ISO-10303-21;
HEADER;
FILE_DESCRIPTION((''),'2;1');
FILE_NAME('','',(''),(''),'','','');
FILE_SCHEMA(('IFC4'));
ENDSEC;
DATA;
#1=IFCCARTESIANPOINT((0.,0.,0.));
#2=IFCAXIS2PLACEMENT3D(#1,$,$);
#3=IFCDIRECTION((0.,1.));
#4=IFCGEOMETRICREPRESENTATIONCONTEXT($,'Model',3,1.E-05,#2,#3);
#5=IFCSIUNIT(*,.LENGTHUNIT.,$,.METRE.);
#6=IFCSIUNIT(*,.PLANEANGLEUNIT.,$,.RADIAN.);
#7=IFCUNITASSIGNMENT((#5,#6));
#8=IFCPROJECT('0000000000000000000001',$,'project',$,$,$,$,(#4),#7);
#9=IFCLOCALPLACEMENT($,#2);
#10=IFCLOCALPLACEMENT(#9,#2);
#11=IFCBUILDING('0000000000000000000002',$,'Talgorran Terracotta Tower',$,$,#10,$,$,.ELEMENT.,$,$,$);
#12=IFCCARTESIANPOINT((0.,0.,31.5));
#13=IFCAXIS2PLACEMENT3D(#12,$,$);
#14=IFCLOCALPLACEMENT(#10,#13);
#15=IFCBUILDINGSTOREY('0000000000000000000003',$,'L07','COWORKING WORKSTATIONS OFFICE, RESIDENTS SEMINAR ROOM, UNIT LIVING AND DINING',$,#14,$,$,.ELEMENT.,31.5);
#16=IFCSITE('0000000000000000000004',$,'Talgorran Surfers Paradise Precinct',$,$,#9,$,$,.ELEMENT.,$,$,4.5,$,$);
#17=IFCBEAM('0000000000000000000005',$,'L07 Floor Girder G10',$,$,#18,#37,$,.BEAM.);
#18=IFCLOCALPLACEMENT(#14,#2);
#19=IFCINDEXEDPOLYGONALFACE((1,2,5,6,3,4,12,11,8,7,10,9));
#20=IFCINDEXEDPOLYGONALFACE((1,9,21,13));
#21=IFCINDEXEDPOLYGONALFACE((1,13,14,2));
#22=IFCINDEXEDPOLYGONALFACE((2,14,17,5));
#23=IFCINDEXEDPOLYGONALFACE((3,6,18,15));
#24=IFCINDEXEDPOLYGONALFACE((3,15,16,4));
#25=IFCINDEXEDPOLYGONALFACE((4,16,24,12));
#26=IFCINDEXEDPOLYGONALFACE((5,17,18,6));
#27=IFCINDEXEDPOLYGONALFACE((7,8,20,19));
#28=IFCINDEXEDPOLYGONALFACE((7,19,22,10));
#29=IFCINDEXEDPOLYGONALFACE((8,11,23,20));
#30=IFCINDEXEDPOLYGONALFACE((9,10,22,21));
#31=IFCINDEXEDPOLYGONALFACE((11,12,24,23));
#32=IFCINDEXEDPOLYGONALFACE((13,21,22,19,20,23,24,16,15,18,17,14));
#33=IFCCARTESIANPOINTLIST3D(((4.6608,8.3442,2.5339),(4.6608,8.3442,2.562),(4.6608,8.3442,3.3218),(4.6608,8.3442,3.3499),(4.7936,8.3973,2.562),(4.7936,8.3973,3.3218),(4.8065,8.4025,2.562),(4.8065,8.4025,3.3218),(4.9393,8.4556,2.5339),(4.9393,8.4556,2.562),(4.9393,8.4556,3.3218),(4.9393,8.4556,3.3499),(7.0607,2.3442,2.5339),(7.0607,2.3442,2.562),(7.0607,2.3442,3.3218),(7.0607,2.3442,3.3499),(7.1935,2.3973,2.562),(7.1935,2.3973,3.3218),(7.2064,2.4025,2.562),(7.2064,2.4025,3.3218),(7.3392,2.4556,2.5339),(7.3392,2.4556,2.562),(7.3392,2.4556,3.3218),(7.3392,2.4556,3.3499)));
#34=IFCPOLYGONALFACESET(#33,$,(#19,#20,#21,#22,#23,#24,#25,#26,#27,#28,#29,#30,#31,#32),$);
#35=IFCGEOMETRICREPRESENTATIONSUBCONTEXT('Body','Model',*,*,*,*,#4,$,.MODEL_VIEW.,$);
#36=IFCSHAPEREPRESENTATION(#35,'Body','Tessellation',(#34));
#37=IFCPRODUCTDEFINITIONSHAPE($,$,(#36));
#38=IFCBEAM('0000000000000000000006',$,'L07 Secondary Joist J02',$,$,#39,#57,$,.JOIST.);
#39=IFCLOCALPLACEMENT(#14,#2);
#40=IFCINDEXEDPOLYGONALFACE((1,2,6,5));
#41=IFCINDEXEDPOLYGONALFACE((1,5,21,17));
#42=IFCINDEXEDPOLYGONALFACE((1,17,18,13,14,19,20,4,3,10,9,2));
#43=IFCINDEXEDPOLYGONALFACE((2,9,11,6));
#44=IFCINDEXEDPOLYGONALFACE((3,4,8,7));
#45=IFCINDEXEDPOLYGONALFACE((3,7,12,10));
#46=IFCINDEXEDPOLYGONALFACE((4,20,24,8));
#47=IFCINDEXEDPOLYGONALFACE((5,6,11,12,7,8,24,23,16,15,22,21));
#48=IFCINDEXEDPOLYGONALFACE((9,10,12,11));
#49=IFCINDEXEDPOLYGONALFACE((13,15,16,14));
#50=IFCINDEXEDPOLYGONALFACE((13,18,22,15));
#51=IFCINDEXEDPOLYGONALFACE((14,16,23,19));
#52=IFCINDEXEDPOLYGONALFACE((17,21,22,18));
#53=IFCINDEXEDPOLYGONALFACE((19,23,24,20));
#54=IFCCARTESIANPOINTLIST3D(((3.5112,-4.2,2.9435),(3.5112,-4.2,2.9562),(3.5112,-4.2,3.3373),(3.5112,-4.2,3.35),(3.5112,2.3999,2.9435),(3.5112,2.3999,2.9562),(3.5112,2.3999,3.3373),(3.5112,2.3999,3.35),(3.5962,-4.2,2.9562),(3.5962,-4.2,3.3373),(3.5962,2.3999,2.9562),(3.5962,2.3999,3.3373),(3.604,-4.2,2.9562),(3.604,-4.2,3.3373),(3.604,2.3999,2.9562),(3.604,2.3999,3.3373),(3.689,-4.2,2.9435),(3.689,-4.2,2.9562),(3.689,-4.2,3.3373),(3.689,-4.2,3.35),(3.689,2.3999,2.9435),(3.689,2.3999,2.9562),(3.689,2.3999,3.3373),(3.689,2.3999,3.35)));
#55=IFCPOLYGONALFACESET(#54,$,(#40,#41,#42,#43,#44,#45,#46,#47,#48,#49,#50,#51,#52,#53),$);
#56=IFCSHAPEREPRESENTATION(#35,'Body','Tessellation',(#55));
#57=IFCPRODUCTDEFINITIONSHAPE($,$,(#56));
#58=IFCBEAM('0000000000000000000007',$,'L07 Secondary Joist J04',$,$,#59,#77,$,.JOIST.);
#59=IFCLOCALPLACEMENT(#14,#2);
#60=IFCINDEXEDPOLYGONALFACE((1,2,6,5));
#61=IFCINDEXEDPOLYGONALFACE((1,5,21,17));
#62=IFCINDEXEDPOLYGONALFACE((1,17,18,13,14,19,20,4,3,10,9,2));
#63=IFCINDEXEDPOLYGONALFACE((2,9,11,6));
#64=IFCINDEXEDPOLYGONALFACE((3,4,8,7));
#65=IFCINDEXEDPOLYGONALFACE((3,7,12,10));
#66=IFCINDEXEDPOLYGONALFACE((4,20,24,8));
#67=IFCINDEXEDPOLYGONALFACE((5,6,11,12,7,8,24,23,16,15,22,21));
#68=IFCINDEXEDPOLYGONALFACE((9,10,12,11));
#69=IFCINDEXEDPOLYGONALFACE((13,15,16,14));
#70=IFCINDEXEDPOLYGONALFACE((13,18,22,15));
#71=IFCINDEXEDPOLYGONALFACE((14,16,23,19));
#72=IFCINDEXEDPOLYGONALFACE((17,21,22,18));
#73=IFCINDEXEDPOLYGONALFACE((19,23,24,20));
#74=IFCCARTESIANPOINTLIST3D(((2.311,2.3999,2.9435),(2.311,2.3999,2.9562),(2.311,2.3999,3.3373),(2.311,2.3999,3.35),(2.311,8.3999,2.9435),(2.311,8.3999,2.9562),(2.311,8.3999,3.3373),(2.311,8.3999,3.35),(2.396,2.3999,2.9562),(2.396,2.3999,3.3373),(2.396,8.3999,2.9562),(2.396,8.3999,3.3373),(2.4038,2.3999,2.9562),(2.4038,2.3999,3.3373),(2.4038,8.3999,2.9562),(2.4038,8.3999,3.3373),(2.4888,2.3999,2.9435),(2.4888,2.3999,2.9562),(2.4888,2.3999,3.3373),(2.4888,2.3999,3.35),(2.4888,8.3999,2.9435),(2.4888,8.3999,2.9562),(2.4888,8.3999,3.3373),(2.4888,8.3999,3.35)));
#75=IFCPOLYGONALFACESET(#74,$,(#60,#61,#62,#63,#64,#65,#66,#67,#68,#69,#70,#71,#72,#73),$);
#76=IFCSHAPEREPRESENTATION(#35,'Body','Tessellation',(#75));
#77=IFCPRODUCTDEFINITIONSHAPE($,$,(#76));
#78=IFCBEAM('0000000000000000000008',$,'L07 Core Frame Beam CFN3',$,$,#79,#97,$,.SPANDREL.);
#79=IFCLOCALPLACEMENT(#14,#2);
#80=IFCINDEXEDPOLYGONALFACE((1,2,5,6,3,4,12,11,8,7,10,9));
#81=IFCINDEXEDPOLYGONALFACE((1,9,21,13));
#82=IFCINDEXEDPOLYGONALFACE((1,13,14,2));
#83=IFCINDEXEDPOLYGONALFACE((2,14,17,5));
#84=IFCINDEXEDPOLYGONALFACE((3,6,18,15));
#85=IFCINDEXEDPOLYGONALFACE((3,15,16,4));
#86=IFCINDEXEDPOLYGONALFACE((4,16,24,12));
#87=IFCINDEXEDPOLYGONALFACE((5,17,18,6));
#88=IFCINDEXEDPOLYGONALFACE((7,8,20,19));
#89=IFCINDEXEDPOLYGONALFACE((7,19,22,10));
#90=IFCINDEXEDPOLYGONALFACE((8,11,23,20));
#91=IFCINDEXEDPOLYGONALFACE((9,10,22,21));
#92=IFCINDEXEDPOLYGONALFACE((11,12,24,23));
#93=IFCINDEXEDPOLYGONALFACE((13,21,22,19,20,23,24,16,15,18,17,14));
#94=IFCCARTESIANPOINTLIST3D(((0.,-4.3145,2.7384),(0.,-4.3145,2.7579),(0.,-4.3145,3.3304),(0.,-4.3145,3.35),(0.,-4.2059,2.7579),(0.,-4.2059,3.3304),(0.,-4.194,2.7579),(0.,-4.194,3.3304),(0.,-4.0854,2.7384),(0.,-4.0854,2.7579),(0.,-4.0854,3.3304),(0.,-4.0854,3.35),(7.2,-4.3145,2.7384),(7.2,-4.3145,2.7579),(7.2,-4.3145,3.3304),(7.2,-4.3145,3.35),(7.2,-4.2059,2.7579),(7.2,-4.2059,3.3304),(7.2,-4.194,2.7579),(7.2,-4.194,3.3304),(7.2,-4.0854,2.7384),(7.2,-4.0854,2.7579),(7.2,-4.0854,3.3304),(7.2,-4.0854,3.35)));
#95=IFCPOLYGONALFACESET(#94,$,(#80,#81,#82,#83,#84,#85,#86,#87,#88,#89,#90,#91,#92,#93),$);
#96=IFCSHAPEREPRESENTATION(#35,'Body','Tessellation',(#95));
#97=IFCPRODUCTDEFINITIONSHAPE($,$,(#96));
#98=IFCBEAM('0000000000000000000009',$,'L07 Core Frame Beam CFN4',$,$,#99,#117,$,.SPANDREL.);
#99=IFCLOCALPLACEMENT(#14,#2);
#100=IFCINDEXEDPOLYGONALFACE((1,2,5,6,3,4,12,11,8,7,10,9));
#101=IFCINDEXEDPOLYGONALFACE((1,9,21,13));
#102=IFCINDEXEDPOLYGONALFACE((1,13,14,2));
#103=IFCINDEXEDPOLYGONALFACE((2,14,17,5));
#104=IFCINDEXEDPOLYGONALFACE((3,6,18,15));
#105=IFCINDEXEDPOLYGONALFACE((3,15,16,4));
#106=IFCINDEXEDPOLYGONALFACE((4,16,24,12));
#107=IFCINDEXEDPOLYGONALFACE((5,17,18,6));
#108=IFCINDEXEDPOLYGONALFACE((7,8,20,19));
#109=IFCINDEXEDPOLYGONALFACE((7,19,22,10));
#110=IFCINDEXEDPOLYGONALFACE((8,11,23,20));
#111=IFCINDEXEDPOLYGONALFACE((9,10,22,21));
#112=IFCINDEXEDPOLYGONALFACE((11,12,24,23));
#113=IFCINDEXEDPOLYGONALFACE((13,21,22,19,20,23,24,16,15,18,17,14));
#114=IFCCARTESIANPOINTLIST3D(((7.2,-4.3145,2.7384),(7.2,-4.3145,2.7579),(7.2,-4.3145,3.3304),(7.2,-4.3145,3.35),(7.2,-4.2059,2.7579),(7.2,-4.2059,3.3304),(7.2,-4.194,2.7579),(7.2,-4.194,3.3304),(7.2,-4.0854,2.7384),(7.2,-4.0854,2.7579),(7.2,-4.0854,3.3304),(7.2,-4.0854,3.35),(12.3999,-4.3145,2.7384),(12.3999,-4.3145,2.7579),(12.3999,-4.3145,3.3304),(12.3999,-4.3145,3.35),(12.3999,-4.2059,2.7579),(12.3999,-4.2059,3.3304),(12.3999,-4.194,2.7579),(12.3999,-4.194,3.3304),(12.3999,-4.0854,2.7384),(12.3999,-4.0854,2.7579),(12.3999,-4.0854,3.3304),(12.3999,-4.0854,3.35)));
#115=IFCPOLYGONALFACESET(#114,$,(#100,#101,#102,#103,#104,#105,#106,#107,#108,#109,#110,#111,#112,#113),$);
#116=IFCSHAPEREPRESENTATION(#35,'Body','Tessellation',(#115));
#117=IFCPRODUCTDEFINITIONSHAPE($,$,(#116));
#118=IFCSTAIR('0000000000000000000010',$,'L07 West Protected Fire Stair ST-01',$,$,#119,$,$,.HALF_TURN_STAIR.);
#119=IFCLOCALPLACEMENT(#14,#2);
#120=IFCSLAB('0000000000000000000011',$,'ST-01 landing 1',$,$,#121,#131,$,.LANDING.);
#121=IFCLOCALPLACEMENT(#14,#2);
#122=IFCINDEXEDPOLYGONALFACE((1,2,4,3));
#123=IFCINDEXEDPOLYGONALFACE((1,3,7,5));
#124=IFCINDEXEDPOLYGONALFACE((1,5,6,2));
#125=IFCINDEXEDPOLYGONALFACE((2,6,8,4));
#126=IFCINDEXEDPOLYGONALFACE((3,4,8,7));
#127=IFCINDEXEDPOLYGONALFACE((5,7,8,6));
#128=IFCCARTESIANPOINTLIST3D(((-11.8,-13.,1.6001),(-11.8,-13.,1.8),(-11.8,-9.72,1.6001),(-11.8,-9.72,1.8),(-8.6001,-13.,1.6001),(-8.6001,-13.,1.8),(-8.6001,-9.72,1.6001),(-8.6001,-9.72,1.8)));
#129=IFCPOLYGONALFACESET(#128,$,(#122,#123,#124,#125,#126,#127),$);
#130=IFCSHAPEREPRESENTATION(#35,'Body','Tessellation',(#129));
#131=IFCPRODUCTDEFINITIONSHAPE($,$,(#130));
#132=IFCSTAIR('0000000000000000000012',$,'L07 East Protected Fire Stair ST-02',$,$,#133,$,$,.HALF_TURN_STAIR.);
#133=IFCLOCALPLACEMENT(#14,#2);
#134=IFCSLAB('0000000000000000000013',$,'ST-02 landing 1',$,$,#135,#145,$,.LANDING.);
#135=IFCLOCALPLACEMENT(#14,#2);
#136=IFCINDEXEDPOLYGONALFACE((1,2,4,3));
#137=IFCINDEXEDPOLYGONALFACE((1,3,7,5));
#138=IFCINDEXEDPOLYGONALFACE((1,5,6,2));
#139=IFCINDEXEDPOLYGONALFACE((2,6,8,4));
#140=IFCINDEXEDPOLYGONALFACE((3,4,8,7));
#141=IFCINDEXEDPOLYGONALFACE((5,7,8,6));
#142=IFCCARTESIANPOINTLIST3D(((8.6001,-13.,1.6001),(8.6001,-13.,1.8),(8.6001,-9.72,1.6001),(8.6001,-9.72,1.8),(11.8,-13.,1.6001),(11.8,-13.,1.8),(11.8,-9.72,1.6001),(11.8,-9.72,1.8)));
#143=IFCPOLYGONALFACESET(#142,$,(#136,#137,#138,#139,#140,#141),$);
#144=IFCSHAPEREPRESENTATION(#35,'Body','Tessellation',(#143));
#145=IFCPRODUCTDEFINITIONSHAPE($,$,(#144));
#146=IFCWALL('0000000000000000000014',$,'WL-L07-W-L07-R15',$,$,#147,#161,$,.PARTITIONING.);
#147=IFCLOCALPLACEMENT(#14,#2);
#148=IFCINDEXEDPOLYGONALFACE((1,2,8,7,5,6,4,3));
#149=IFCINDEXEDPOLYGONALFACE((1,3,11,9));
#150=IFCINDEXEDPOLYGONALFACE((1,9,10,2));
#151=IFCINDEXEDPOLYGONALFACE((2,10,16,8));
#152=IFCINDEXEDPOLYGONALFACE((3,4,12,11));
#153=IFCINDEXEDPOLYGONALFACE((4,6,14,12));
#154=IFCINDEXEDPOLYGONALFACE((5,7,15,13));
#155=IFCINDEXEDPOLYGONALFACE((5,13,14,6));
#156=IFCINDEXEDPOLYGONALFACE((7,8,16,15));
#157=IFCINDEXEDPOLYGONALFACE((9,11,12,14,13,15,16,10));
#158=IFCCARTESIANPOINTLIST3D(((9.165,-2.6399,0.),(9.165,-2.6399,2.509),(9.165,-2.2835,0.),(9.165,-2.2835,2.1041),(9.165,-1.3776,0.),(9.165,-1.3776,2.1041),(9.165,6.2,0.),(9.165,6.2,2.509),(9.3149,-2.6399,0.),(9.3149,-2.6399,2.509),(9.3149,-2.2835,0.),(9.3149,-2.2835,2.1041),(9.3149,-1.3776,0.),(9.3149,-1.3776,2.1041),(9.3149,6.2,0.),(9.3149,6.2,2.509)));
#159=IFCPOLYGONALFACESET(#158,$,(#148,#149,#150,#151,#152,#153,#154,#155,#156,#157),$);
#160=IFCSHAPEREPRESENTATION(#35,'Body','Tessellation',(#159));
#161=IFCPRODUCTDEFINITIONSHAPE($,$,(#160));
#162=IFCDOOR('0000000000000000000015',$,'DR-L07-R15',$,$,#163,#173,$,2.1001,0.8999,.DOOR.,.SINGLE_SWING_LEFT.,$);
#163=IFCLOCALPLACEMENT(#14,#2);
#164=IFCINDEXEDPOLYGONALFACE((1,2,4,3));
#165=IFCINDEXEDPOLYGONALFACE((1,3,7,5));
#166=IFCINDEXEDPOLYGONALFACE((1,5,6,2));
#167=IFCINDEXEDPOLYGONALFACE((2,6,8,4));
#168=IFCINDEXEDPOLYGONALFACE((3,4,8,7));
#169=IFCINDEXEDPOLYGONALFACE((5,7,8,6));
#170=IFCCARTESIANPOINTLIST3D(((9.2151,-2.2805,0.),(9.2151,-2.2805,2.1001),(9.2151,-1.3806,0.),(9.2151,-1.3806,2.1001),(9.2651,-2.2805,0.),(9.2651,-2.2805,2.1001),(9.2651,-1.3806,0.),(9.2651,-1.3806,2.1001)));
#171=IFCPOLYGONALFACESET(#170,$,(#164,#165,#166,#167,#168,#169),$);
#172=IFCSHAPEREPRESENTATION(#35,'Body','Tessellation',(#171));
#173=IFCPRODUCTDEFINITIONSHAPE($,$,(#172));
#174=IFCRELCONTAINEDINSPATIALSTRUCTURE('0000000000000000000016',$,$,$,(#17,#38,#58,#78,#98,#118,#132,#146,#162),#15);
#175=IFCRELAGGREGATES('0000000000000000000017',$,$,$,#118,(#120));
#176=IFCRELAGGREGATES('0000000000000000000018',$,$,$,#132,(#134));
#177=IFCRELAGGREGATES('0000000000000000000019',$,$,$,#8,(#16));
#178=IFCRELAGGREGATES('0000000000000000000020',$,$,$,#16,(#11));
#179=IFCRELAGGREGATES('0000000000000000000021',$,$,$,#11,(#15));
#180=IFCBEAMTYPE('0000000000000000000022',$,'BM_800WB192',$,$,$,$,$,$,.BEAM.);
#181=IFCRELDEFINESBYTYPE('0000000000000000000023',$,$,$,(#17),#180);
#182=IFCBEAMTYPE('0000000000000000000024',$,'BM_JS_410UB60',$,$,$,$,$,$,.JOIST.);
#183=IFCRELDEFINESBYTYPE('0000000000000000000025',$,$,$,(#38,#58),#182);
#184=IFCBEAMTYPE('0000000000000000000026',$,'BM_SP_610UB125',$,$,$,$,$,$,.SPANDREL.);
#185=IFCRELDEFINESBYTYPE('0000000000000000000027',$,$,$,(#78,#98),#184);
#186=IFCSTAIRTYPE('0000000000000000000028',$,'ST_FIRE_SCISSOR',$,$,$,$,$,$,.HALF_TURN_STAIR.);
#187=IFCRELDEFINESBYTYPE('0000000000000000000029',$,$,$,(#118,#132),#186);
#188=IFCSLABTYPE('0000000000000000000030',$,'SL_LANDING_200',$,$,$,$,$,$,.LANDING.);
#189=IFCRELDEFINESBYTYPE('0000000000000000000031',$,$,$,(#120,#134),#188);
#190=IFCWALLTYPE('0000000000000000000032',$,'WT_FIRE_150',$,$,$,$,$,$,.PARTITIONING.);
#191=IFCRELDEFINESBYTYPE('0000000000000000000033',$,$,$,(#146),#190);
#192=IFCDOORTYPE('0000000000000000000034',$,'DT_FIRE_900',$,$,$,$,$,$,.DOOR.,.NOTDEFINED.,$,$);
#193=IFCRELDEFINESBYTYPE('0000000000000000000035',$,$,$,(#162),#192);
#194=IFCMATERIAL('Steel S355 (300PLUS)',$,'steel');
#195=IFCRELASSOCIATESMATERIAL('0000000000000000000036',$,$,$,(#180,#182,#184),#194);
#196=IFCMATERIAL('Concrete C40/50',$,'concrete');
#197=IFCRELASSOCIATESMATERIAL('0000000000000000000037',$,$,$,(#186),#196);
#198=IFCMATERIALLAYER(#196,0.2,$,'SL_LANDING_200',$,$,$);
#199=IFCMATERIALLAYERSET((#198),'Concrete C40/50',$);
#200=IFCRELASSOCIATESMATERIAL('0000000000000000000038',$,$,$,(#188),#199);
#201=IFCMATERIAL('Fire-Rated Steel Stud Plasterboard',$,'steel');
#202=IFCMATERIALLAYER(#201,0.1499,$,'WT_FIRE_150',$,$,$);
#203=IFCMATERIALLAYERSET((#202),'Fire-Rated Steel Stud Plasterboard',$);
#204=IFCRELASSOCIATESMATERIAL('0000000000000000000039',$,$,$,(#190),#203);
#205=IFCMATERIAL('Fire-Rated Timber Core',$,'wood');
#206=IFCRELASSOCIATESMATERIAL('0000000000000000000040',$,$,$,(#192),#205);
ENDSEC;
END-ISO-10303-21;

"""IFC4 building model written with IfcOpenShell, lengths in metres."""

from ifc_helpers import new_model, si_unit, direction, frame, frame_2d, origin, origin_2d, place, context, subcontext, project, spatial, polyline, rectangle, i_section, outline, extrude, material, layer, layer_set, material_profile, profile_set, type_object, element, fill, aggregate, save


model = new_model("IFC4")

# Units and contexts
model_context = context("Model", 3, precision=1e-05, world=origin(), true_north=direction((0.0, 1.0)))
body_context = subcontext(model_context, "Body", "Model", "MODEL_VIEW")
ifc_project = project(units=[si_unit("LENGTHUNIT", "METRE"), si_unit("PLANEANGLEUNIT", "RADIAN")], contexts=[model_context])

# Site, building, storey
site_placement = place(None, origin())
site = spatial("IfcSite", under=ifc_project, at=site_placement, Name="Talgorran Surfers Paradise Precinct", CompositionType="ELEMENT", RefElevation=4.5)
building_placement = place(site_placement, origin())
building = spatial("IfcBuilding", under=site, at=building_placement, Name="Talgorran Terracotta Tower", CompositionType="ELEMENT")
storey_placement = place(building_placement, frame((0.0, 0.0, 31.5)))
storey = spatial("IfcBuildingStorey", under=building, at=storey_placement, Name="L07", Description="COWORKING WORKSTATIONS OFFICE, RESIDENTS SEMINAR ROOM, UNIT LIVING AND DINING", CompositionType="ELEMENT", Elevation=31.5)

# Shared definitions
ifc_material_1 = material(Name="Steel S355 (300PLUS)", Category="steel")

# Beams
ifc_material_profile_1 = material_profile(ifc_material_1, i_section(OverallWidth=0.3, OverallDepth=0.8159, WebThickness=0.0139, FlangeThickness=0.0281, at=origin_2d()), Name="800WB192")
ifc_profile_set_1 = profile_set([ifc_material_profile_1], Name="Steel S355 (300PLUS)")
beam_type_1 = type_object("IfcBeamType", Name="BM_800WB192", PredefinedType="BEAM", material=ifc_profile_set_1)
beam_1_placement = place(storey_placement, frame((7.2, 2.3999, 2.9419), z_axis=(-0.371378, 0.928482, 0.0), x_axis=(-0.928482, -0.371378, 0.0)))
element("IfcBeam", 1, at=beam_1_placement, inside=storey, type_object=beam_type_1, Name="L07 Floor Girder G10", PredefinedType="BEAM", context=body_context, shape_type="SweptSolid", body=[
    extrude(i_section(OverallWidth=0.3, OverallDepth=0.8159, WebThickness=0.0139, FlangeThickness=0.0281, at=origin_2d()), origin(), (0.0, 0.0, 1.0), 6.4622),
])
ifc_material_profile_2 = material_profile(ifc_material_1, i_section(OverallWidth=0.1777, OverallDepth=0.4065, WebThickness=0.0078, FlangeThickness=0.0127, at=origin_2d()), Name="410UB59.7")
ifc_profile_set_2 = profile_set([ifc_material_profile_2], Name="Steel S355 (300PLUS)")
beam_type_2 = type_object("IfcBeamType", Name="BM_JS_410UB60", PredefinedType="JOIST", material=ifc_profile_set_2)
beam_2_placement = place(storey_placement, frame((3.6001, -4.2, 3.1467), z_axis=(0.0, 1.0, 0.0), x_axis=(-1.0, 0.0, 0.0)))
element("IfcBeam", 2, at=beam_2_placement, inside=storey, type_object=beam_type_2, Name="L07 Secondary Joist J02", PredefinedType="JOIST", context=body_context, shape_type="SweptSolid", body=[
    extrude(i_section(OverallWidth=0.1777, OverallDepth=0.4065, WebThickness=0.0078, FlangeThickness=0.0127, at=origin_2d()), origin(), (0.0, 0.0, 1.0), 6.5999),
])
beam_3_placement = place(storey_placement, frame((2.3999, 2.3999, 3.1467), z_axis=(0.0, 1.0, 0.0), x_axis=(-1.0, 0.0, 0.0)))
element("IfcBeam", 3, at=beam_3_placement, inside=storey, type_object=beam_type_2, Name="L07 Secondary Joist J04", PredefinedType="JOIST", context=body_context, shape_type="SweptSolid", body=[
    extrude(i_section(OverallWidth=0.1777, OverallDepth=0.4065, WebThickness=0.0078, FlangeThickness=0.0127, at=origin_2d()), origin(), (0.0, 0.0, 1.0), 6.0),
])
ifc_material_profile_3 = material_profile(ifc_material_1, i_section(OverallWidth=0.229, OverallDepth=0.6116, WebThickness=0.012, FlangeThickness=0.0195, at=origin_2d()), Name="610UB125")
ifc_profile_set_3 = profile_set([ifc_material_profile_3], Name="Steel S355 (300PLUS)")
beam_type_3 = type_object("IfcBeamType", Name="BM_SP_610UB125", PredefinedType="SPANDREL", material=ifc_profile_set_3)
beam_4_placement = place(storey_placement, frame((0.0, -4.2, 3.0442), z_axis=(1.0, 0.0, 0.0), x_axis=(0.0, 1.0, 0.0)))
element("IfcBeam", 4, at=beam_4_placement, inside=storey, type_object=beam_type_3, Name="L07 Core Frame Beam CFN3", PredefinedType="SPANDREL", context=body_context, shape_type="SweptSolid", body=[
    extrude(i_section(OverallWidth=0.229, OverallDepth=0.6116, WebThickness=0.012, FlangeThickness=0.0195, at=origin_2d()), origin(), (0.0, 0.0, 1.0), 7.2),
])
beam_5_placement = place(storey_placement, frame((7.2, -4.2, 3.0442), z_axis=(1.0, 0.0, 0.0), x_axis=(0.0, 1.0, 0.0)))
element("IfcBeam", 5, at=beam_5_placement, inside=storey, type_object=beam_type_3, Name="L07 Core Frame Beam CFN4", PredefinedType="SPANDREL", context=body_context, shape_type="SweptSolid", body=[
    extrude(i_section(OverallWidth=0.229, OverallDepth=0.6116, WebThickness=0.012, FlangeThickness=0.0195, at=origin_2d()), origin(), (0.0, 0.0, 1.0), 5.2),
])

# Stairs, slabs
ifc_material_2 = material(Name="Concrete C40/50", Category="concrete")
stair_type = type_object("IfcStairType", Name="ST_FIRE_SCISSOR", PredefinedType="HALF_TURN_STAIR", material=ifc_material_2)
stair_1_placement = place(storey_placement, origin())
stair_1 = element("IfcStair", 6, at=stair_1_placement, inside=storey, type_object=stair_type, Name="L07 West Protected Fire Stair ST-01", PredefinedType="HALF_TURN_STAIR")
ifc_layer_1 = layer(ifc_material_2, 0.2, Name="SL_LANDING_200")
ifc_layer_set_1 = layer_set([ifc_layer_1], Name="Concrete C40/50")
slab_type = type_object("IfcSlabType", Name="SL_LANDING_200", PredefinedType="LANDING", material=ifc_layer_set_1)
slab_1_placement = place(storey_placement, frame((0.0, 0.0, 1.6001)))
slab_1 = element("IfcSlab", 7, at=slab_1_placement, type_object=slab_type, Name="ST-01 landing 1", PredefinedType="LANDING", context=body_context, shape_type="SweptSolid", body=[
    extrude(outline(polyline([(-11.8, -9.72), (-11.8, -13.0), (-8.6001, -13.0), (-8.6001, -9.72), (-11.8, -9.72)])), origin(), (0.0, 0.0, 1.0), 0.2),
])
aggregate(stair_1, [slab_1])
stair_2_placement = place(storey_placement, origin())
stair_2 = element("IfcStair", 8, at=stair_2_placement, inside=storey, type_object=stair_type, Name="L07 East Protected Fire Stair ST-02", PredefinedType="HALF_TURN_STAIR")
slab_2_placement = place(storey_placement, frame((0.0, 0.0, 1.6001)))
slab_2 = element("IfcSlab", 9, at=slab_2_placement, type_object=slab_type, Name="ST-02 landing 1", PredefinedType="LANDING", context=body_context, shape_type="SweptSolid", body=[
    extrude(outline(polyline([(8.6001, -9.72), (8.6001, -13.0), (11.8, -13.0), (11.8, -9.72), (8.6001, -9.72)])), origin(), (0.0, 0.0, 1.0), 0.2),
])
aggregate(stair_2, [slab_2])

# Wall, opening, door
ifc_material_3 = material(Name="Fire-Rated Steel Stud Plasterboard", Category="steel")
ifc_layer_2 = layer(ifc_material_3, 0.1499, Name="WT_FIRE_150")
ifc_layer_set_2 = layer_set([ifc_layer_2], Name="Fire-Rated Steel Stud Plasterboard")
wall_type_1 = type_object("IfcWallType", Name="WT_FIRE_150", PredefinedType="PARTITIONING", material=ifc_layer_set_2)
wall_1_placement = place(storey_placement, frame((9.24, -2.6399, 0.0), z_axis=(0.0, 0.0, 1.0), x_axis=(0.0, 1.0, 0.0)))
wall_1 = element("IfcWall", 10, at=wall_1_placement, inside=storey, type_object=wall_type_1, Name="WL-L07-W-L07-R15", PredefinedType="PARTITIONING", context=body_context, shape_type="SweptSolid", body=[
    extrude(rectangle(XDim=8.8398, YDim=0.1499, at=frame_2d((4.4199, 0.0))), origin(), (0.0, 0.0, 1.0), 2.509),
])
opening_1_placement = place(wall_1_placement, frame((0.3594, 0.0, 0.0)))
opening_1 = element("IfcOpeningElement", 11, at=opening_1_placement, cuts=wall_1, PredefinedType="OPENING", context=body_context, shape_type="SweptSolid", body=[
    extrude(rectangle(XDim=0.9059, YDim=2.1041, at=frame_2d((0.45, 1.052))), frame((0.0, 0.085, 0.0), z_axis=(0.0, -1.0, 0.0), x_axis=(1.0, 0.0, 0.0)), (0.0, 0.0, 1.0), 0.1699),
])
ifc_material_4 = material(Name="Fire-Rated Timber Core", Category="wood")
door_type_1 = type_object("IfcDoorType", Name="DT_FIRE_900", OperationType="NOTDEFINED", PredefinedType="DOOR", material=ifc_material_4)
door_1_placement = place(opening_1_placement, origin())
door_1 = element("IfcDoor", 12, at=door_1_placement, inside=storey, type_object=door_type_1, Name="DR-L07-R15", OperationType="SINGLE_SWING_LEFT", OverallHeight=2.1001, OverallWidth=0.8999, PredefinedType="DOOR", context=body_context, shape_type="SweptSolid", body=[
    extrude(rectangle(XDim=0.8999, YDim=2.1001, at=frame_2d((0.45, 1.05))), frame((0.0, 0.0249, 0.0), z_axis=(0.0, -1.0, 0.0), x_axis=(1.0, 0.0, 0.0)), (0.0, 0.0, 1.0), 0.05),
])
fill(opening_1, door_1)

save(model, "model.ifc")
